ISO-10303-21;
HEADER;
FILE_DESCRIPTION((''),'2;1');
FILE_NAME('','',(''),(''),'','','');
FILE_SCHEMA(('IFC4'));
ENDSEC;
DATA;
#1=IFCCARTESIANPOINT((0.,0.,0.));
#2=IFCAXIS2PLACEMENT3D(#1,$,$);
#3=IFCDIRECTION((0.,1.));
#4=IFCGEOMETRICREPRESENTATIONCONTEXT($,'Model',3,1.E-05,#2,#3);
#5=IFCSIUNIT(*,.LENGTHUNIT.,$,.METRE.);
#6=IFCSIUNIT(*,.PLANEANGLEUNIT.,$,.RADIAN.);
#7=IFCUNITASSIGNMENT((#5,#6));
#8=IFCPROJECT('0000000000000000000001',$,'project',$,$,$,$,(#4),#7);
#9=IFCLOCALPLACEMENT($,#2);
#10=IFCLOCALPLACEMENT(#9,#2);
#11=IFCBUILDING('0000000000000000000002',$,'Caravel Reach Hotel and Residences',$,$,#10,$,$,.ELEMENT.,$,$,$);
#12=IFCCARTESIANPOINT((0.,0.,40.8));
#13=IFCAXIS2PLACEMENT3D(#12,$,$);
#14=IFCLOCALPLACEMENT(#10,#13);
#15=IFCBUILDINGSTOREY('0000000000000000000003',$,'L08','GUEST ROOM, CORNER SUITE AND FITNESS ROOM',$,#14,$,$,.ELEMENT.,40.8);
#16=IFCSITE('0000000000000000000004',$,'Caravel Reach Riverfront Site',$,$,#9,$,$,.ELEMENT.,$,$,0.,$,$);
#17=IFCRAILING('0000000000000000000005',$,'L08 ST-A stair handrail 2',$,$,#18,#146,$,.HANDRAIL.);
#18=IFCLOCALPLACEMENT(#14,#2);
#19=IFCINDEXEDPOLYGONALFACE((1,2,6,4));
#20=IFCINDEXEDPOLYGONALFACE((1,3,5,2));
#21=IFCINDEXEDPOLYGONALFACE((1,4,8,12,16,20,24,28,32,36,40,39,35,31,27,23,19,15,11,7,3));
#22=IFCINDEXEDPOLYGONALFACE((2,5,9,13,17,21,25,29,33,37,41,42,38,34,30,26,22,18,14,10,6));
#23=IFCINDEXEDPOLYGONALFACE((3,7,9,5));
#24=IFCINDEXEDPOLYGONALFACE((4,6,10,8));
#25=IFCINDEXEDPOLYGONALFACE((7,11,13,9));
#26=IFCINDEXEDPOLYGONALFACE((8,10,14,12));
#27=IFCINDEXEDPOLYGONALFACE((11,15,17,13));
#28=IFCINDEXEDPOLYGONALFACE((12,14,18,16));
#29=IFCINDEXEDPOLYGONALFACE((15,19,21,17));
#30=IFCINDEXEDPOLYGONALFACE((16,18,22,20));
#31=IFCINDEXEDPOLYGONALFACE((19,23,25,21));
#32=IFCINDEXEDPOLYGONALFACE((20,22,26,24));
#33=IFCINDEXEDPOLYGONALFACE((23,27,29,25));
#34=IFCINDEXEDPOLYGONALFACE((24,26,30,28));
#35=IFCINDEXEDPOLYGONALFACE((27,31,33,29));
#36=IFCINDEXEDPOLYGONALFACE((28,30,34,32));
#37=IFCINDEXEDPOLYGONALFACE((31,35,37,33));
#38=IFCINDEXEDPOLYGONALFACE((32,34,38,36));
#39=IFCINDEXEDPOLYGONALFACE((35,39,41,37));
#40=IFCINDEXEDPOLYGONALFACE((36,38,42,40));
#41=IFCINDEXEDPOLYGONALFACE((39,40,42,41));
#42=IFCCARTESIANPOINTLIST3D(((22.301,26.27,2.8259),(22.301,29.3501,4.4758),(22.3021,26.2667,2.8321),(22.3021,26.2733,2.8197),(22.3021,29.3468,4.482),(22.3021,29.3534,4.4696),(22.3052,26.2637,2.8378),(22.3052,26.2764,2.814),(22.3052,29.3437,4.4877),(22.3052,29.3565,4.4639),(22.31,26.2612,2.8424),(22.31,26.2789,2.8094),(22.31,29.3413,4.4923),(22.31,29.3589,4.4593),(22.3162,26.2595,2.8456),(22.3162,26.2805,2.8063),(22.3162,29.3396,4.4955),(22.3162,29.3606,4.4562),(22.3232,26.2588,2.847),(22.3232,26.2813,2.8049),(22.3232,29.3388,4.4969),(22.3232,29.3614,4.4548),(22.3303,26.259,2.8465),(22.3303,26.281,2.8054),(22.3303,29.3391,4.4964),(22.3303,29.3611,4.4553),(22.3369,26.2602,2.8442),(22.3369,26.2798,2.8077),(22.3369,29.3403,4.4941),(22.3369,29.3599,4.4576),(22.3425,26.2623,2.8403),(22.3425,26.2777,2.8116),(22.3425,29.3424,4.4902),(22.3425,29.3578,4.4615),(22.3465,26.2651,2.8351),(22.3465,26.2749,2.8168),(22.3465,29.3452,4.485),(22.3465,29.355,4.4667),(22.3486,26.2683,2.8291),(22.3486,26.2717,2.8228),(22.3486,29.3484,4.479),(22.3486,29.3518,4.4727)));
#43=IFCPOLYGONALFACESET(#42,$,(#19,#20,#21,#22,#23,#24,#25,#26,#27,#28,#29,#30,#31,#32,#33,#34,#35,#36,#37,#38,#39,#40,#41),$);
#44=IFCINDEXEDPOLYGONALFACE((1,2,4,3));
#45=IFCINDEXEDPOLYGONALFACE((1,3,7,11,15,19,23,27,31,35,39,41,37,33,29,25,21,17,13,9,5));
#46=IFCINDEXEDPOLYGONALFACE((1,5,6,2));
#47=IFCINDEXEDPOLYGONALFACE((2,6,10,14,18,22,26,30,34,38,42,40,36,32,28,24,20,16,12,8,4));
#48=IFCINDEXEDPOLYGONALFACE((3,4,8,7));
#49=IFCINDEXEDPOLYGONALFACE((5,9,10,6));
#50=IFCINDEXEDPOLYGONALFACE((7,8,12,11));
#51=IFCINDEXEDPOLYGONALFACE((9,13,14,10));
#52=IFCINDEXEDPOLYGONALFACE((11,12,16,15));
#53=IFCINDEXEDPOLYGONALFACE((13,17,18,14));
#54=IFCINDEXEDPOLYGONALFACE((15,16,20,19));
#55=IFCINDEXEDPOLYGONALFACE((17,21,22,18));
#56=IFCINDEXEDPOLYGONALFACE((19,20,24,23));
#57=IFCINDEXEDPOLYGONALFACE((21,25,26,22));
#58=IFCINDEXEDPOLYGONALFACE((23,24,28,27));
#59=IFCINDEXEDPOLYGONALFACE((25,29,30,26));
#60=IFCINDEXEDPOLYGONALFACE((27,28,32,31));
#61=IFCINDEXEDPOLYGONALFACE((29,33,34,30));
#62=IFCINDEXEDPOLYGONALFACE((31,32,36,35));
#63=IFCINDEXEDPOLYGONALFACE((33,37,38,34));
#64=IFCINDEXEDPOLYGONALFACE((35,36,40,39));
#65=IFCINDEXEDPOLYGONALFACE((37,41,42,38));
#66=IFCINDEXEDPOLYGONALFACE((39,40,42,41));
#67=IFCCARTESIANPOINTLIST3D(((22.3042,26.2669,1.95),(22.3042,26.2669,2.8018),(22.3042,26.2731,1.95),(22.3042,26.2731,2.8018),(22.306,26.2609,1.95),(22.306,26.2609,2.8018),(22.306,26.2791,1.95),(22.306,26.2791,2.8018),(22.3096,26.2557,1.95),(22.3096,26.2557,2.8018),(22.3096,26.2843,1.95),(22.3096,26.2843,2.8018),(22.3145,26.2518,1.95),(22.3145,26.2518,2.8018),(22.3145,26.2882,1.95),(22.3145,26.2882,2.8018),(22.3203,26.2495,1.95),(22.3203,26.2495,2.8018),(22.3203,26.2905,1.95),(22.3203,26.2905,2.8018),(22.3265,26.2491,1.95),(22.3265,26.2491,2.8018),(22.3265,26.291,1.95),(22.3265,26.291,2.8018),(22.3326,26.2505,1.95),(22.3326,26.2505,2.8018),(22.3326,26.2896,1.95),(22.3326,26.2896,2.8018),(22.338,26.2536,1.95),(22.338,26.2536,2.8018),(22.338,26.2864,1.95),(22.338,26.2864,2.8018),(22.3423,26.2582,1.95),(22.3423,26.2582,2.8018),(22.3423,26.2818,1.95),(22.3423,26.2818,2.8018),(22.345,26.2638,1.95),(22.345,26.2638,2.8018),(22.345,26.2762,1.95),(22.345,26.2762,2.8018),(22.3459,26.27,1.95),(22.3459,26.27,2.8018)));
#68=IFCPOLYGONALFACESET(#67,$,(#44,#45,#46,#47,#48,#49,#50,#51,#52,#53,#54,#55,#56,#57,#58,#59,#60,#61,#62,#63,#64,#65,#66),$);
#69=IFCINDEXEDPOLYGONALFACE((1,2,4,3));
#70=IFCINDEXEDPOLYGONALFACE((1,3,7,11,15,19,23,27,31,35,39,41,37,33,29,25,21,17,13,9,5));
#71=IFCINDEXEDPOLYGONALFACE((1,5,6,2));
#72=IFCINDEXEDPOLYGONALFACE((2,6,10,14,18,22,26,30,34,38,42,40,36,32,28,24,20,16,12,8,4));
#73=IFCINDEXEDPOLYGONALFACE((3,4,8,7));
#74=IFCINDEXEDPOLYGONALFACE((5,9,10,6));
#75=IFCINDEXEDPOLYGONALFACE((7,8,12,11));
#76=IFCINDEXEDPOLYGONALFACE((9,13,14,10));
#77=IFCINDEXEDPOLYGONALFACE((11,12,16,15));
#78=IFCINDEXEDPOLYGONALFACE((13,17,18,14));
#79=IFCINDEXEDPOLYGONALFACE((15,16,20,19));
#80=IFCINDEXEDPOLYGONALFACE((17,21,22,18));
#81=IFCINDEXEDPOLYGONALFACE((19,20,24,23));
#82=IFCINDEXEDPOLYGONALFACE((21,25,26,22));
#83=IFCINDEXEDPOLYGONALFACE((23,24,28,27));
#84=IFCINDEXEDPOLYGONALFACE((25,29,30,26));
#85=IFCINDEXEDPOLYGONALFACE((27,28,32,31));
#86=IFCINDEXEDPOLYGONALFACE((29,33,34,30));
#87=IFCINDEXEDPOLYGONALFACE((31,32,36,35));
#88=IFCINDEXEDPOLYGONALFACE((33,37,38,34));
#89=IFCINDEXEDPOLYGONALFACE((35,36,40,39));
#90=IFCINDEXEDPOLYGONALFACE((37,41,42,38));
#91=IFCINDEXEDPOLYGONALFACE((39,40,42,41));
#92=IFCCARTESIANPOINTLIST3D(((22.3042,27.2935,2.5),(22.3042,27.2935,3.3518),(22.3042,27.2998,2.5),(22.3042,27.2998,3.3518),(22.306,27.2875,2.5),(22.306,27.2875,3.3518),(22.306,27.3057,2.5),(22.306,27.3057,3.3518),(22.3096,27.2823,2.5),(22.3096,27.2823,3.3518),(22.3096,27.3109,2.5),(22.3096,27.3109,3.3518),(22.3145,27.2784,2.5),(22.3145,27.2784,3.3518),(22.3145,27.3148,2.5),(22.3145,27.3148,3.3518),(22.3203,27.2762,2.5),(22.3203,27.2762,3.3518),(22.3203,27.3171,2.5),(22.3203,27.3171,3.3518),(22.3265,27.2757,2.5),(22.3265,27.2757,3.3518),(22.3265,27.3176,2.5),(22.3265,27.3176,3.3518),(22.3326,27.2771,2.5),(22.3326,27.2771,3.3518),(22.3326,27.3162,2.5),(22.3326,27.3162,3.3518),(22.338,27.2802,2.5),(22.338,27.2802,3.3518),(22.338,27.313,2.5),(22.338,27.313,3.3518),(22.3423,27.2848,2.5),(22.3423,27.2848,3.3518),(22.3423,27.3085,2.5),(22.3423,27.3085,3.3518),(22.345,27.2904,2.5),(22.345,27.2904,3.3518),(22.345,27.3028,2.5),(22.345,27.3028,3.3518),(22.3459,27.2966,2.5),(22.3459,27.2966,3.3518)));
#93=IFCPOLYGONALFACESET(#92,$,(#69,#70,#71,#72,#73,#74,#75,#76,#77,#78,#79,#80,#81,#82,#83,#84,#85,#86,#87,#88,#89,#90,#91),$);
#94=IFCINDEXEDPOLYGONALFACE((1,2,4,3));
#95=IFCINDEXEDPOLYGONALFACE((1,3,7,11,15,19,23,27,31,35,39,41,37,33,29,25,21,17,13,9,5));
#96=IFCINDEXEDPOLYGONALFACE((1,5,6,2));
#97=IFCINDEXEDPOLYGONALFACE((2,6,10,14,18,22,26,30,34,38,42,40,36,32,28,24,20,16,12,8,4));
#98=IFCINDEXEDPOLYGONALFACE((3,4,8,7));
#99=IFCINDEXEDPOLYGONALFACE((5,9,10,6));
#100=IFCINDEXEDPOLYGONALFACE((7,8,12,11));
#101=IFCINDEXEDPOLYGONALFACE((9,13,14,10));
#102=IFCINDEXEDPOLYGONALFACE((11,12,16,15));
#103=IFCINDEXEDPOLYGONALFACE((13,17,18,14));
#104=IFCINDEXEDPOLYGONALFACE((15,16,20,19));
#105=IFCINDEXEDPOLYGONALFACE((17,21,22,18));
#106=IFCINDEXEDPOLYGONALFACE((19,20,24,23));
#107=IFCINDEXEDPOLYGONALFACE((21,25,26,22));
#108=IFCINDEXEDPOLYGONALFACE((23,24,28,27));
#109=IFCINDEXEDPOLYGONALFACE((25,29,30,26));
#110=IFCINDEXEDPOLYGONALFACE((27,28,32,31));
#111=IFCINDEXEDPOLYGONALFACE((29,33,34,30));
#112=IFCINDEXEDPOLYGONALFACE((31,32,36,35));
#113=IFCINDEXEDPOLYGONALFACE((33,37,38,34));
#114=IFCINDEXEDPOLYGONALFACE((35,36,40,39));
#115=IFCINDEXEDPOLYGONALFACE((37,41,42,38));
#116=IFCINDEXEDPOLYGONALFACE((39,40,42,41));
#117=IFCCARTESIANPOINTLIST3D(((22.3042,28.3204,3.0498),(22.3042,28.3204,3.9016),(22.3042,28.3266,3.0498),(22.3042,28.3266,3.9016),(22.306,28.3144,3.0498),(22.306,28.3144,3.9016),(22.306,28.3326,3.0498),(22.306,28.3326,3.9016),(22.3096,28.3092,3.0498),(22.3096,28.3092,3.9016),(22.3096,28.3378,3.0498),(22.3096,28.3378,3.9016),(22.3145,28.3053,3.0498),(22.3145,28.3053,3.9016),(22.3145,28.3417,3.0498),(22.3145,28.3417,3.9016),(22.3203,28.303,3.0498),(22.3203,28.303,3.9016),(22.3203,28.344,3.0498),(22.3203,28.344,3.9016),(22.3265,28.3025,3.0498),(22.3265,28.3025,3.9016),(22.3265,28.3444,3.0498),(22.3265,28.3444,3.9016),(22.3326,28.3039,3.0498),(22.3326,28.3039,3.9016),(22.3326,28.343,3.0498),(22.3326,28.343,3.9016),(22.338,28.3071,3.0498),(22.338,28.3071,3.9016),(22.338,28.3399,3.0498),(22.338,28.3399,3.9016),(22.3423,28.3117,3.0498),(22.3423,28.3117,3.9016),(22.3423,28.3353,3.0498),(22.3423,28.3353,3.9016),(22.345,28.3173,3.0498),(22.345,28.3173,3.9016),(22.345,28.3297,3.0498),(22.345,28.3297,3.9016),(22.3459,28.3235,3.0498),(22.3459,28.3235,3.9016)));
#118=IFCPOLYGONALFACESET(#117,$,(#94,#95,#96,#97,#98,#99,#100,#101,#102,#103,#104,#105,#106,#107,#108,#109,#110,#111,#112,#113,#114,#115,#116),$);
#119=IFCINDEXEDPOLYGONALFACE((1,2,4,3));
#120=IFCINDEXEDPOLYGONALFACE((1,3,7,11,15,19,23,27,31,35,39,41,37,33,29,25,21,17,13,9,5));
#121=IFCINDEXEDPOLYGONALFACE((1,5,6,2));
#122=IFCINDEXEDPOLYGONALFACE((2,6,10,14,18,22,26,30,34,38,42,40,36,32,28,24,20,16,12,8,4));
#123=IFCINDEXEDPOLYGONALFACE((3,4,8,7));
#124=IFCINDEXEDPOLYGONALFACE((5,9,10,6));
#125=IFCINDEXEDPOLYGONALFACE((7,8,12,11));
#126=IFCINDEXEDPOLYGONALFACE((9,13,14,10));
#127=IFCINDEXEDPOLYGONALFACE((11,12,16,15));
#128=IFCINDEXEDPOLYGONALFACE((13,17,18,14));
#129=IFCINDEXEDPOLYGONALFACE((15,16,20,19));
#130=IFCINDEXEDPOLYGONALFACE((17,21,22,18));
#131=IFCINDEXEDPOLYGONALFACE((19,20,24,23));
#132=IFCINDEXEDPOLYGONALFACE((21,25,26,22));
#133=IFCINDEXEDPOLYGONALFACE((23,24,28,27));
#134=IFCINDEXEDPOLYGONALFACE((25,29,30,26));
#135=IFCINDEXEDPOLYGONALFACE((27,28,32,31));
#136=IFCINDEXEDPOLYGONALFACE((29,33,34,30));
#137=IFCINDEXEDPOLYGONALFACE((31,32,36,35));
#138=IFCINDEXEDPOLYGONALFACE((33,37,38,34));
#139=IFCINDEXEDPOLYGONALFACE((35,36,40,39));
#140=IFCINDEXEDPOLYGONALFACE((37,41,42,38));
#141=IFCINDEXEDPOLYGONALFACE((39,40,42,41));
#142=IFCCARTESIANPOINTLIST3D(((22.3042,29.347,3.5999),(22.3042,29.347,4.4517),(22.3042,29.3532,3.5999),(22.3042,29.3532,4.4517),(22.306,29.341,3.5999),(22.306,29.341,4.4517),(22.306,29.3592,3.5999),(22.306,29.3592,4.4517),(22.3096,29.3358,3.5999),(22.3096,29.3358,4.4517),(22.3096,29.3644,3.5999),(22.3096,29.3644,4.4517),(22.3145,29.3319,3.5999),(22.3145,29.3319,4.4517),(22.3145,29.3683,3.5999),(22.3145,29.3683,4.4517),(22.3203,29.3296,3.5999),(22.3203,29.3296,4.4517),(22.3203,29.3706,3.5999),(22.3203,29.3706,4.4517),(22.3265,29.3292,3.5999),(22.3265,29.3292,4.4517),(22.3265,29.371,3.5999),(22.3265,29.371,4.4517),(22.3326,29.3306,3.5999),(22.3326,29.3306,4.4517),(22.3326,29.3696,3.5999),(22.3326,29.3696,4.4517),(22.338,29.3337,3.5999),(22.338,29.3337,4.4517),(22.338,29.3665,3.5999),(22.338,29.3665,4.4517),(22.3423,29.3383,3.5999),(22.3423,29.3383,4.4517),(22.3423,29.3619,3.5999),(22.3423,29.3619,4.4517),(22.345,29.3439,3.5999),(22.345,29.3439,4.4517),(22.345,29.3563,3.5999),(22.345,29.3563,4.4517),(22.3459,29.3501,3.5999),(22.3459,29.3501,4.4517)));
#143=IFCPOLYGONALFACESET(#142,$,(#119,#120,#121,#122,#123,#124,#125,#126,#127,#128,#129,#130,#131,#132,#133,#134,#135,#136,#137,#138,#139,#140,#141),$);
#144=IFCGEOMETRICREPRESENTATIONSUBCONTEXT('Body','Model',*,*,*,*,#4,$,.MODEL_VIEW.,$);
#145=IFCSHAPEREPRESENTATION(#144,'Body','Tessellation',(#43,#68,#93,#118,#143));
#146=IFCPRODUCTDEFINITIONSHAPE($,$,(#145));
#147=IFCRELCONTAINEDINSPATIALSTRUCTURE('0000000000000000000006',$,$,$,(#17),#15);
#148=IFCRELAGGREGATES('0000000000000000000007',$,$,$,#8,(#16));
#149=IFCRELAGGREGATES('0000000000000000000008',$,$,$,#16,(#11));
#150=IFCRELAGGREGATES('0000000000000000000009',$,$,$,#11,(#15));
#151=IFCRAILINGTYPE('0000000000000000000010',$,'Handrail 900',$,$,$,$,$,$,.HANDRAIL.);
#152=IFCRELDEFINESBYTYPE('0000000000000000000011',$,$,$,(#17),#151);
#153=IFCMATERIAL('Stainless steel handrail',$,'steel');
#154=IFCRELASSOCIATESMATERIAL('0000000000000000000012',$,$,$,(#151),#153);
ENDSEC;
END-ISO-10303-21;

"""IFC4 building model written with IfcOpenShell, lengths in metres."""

from ifc_helpers import new_model, si_unit, direction, frame, origin, origin_2d, place, context, subcontext, project, spatial, circle, extrude, material, type_object, element, save


model = new_model("IFC4")

# Units and contexts
model_context = context("Model", 3, precision=1e-05, world=origin(), true_north=direction((0.0, 1.0)))
body_context = subcontext(model_context, "Body", "Model", "MODEL_VIEW")
ifc_project = project(units=[si_unit("LENGTHUNIT", "METRE"), si_unit("PLANEANGLEUNIT", "RADIAN")], contexts=[model_context])

# Site, building, storey
site_placement = place(None, origin())
site = spatial("IfcSite", under=ifc_project, at=site_placement, Name="Caravel Reach Riverfront Site", CompositionType="ELEMENT", RefElevation=0.0)
building_placement = place(site_placement, origin())
building = spatial("IfcBuilding", under=site, at=building_placement, Name="Caravel Reach Hotel and Residences", CompositionType="ELEMENT")
storey_placement = place(building_placement, frame((0.0, 0.0, 40.8)))
storey = spatial("IfcBuildingStorey", under=building, at=storey_placement, Name="L08", Description="GUEST ROOM, CORNER SUITE AND FITNESS ROOM", CompositionType="ELEMENT", Elevation=40.8)

# Railing
ifc_material_1 = material(Name="Stainless steel handrail", Category="steel")
railing_type_1 = type_object("IfcRailingType", Name="Handrail 900", PredefinedType="HANDRAIL", material=ifc_material_1)
railing_1_placement = place(storey_placement, frame((22.325, 26.27, 1.95)))
element("IfcRailing", 1, at=railing_1_placement, inside=storey, type_object=railing_type_1, Name="L08 ST-A stair handrail 2", PredefinedType="HANDRAIL", context=body_context, shape_type="SweptSolid", body=[
    extrude(circle(Radius=0.0239, at=origin_2d()), frame((0.0, 0.0, 0.876), z_axis=(0.0, 0.881497, 0.47219), x_axis=(-1.0, 0.0, 0.0)), (0.0, 0.0, 1.0), 3.4941),
    extrude(circle(Radius=0.021, at=origin_2d()), origin(), (0.0, 0.0, 1.0), 0.8518),
    extrude(circle(Radius=0.021, at=origin_2d()), frame((0.0, 1.0266, 0.55)), (0.0, 0.0, 1.0), 0.8518),
    extrude(circle(Radius=0.021, at=origin_2d()), frame((0.0, 2.0535, 1.0999)), (0.0, 0.0, 1.0), 0.8518),
    extrude(circle(Radius=0.021, at=origin_2d()), frame((0.0, 3.0801, 1.6499)), (0.0, 0.0, 1.0), 0.8518),
])

save(model, "model.ifc")
